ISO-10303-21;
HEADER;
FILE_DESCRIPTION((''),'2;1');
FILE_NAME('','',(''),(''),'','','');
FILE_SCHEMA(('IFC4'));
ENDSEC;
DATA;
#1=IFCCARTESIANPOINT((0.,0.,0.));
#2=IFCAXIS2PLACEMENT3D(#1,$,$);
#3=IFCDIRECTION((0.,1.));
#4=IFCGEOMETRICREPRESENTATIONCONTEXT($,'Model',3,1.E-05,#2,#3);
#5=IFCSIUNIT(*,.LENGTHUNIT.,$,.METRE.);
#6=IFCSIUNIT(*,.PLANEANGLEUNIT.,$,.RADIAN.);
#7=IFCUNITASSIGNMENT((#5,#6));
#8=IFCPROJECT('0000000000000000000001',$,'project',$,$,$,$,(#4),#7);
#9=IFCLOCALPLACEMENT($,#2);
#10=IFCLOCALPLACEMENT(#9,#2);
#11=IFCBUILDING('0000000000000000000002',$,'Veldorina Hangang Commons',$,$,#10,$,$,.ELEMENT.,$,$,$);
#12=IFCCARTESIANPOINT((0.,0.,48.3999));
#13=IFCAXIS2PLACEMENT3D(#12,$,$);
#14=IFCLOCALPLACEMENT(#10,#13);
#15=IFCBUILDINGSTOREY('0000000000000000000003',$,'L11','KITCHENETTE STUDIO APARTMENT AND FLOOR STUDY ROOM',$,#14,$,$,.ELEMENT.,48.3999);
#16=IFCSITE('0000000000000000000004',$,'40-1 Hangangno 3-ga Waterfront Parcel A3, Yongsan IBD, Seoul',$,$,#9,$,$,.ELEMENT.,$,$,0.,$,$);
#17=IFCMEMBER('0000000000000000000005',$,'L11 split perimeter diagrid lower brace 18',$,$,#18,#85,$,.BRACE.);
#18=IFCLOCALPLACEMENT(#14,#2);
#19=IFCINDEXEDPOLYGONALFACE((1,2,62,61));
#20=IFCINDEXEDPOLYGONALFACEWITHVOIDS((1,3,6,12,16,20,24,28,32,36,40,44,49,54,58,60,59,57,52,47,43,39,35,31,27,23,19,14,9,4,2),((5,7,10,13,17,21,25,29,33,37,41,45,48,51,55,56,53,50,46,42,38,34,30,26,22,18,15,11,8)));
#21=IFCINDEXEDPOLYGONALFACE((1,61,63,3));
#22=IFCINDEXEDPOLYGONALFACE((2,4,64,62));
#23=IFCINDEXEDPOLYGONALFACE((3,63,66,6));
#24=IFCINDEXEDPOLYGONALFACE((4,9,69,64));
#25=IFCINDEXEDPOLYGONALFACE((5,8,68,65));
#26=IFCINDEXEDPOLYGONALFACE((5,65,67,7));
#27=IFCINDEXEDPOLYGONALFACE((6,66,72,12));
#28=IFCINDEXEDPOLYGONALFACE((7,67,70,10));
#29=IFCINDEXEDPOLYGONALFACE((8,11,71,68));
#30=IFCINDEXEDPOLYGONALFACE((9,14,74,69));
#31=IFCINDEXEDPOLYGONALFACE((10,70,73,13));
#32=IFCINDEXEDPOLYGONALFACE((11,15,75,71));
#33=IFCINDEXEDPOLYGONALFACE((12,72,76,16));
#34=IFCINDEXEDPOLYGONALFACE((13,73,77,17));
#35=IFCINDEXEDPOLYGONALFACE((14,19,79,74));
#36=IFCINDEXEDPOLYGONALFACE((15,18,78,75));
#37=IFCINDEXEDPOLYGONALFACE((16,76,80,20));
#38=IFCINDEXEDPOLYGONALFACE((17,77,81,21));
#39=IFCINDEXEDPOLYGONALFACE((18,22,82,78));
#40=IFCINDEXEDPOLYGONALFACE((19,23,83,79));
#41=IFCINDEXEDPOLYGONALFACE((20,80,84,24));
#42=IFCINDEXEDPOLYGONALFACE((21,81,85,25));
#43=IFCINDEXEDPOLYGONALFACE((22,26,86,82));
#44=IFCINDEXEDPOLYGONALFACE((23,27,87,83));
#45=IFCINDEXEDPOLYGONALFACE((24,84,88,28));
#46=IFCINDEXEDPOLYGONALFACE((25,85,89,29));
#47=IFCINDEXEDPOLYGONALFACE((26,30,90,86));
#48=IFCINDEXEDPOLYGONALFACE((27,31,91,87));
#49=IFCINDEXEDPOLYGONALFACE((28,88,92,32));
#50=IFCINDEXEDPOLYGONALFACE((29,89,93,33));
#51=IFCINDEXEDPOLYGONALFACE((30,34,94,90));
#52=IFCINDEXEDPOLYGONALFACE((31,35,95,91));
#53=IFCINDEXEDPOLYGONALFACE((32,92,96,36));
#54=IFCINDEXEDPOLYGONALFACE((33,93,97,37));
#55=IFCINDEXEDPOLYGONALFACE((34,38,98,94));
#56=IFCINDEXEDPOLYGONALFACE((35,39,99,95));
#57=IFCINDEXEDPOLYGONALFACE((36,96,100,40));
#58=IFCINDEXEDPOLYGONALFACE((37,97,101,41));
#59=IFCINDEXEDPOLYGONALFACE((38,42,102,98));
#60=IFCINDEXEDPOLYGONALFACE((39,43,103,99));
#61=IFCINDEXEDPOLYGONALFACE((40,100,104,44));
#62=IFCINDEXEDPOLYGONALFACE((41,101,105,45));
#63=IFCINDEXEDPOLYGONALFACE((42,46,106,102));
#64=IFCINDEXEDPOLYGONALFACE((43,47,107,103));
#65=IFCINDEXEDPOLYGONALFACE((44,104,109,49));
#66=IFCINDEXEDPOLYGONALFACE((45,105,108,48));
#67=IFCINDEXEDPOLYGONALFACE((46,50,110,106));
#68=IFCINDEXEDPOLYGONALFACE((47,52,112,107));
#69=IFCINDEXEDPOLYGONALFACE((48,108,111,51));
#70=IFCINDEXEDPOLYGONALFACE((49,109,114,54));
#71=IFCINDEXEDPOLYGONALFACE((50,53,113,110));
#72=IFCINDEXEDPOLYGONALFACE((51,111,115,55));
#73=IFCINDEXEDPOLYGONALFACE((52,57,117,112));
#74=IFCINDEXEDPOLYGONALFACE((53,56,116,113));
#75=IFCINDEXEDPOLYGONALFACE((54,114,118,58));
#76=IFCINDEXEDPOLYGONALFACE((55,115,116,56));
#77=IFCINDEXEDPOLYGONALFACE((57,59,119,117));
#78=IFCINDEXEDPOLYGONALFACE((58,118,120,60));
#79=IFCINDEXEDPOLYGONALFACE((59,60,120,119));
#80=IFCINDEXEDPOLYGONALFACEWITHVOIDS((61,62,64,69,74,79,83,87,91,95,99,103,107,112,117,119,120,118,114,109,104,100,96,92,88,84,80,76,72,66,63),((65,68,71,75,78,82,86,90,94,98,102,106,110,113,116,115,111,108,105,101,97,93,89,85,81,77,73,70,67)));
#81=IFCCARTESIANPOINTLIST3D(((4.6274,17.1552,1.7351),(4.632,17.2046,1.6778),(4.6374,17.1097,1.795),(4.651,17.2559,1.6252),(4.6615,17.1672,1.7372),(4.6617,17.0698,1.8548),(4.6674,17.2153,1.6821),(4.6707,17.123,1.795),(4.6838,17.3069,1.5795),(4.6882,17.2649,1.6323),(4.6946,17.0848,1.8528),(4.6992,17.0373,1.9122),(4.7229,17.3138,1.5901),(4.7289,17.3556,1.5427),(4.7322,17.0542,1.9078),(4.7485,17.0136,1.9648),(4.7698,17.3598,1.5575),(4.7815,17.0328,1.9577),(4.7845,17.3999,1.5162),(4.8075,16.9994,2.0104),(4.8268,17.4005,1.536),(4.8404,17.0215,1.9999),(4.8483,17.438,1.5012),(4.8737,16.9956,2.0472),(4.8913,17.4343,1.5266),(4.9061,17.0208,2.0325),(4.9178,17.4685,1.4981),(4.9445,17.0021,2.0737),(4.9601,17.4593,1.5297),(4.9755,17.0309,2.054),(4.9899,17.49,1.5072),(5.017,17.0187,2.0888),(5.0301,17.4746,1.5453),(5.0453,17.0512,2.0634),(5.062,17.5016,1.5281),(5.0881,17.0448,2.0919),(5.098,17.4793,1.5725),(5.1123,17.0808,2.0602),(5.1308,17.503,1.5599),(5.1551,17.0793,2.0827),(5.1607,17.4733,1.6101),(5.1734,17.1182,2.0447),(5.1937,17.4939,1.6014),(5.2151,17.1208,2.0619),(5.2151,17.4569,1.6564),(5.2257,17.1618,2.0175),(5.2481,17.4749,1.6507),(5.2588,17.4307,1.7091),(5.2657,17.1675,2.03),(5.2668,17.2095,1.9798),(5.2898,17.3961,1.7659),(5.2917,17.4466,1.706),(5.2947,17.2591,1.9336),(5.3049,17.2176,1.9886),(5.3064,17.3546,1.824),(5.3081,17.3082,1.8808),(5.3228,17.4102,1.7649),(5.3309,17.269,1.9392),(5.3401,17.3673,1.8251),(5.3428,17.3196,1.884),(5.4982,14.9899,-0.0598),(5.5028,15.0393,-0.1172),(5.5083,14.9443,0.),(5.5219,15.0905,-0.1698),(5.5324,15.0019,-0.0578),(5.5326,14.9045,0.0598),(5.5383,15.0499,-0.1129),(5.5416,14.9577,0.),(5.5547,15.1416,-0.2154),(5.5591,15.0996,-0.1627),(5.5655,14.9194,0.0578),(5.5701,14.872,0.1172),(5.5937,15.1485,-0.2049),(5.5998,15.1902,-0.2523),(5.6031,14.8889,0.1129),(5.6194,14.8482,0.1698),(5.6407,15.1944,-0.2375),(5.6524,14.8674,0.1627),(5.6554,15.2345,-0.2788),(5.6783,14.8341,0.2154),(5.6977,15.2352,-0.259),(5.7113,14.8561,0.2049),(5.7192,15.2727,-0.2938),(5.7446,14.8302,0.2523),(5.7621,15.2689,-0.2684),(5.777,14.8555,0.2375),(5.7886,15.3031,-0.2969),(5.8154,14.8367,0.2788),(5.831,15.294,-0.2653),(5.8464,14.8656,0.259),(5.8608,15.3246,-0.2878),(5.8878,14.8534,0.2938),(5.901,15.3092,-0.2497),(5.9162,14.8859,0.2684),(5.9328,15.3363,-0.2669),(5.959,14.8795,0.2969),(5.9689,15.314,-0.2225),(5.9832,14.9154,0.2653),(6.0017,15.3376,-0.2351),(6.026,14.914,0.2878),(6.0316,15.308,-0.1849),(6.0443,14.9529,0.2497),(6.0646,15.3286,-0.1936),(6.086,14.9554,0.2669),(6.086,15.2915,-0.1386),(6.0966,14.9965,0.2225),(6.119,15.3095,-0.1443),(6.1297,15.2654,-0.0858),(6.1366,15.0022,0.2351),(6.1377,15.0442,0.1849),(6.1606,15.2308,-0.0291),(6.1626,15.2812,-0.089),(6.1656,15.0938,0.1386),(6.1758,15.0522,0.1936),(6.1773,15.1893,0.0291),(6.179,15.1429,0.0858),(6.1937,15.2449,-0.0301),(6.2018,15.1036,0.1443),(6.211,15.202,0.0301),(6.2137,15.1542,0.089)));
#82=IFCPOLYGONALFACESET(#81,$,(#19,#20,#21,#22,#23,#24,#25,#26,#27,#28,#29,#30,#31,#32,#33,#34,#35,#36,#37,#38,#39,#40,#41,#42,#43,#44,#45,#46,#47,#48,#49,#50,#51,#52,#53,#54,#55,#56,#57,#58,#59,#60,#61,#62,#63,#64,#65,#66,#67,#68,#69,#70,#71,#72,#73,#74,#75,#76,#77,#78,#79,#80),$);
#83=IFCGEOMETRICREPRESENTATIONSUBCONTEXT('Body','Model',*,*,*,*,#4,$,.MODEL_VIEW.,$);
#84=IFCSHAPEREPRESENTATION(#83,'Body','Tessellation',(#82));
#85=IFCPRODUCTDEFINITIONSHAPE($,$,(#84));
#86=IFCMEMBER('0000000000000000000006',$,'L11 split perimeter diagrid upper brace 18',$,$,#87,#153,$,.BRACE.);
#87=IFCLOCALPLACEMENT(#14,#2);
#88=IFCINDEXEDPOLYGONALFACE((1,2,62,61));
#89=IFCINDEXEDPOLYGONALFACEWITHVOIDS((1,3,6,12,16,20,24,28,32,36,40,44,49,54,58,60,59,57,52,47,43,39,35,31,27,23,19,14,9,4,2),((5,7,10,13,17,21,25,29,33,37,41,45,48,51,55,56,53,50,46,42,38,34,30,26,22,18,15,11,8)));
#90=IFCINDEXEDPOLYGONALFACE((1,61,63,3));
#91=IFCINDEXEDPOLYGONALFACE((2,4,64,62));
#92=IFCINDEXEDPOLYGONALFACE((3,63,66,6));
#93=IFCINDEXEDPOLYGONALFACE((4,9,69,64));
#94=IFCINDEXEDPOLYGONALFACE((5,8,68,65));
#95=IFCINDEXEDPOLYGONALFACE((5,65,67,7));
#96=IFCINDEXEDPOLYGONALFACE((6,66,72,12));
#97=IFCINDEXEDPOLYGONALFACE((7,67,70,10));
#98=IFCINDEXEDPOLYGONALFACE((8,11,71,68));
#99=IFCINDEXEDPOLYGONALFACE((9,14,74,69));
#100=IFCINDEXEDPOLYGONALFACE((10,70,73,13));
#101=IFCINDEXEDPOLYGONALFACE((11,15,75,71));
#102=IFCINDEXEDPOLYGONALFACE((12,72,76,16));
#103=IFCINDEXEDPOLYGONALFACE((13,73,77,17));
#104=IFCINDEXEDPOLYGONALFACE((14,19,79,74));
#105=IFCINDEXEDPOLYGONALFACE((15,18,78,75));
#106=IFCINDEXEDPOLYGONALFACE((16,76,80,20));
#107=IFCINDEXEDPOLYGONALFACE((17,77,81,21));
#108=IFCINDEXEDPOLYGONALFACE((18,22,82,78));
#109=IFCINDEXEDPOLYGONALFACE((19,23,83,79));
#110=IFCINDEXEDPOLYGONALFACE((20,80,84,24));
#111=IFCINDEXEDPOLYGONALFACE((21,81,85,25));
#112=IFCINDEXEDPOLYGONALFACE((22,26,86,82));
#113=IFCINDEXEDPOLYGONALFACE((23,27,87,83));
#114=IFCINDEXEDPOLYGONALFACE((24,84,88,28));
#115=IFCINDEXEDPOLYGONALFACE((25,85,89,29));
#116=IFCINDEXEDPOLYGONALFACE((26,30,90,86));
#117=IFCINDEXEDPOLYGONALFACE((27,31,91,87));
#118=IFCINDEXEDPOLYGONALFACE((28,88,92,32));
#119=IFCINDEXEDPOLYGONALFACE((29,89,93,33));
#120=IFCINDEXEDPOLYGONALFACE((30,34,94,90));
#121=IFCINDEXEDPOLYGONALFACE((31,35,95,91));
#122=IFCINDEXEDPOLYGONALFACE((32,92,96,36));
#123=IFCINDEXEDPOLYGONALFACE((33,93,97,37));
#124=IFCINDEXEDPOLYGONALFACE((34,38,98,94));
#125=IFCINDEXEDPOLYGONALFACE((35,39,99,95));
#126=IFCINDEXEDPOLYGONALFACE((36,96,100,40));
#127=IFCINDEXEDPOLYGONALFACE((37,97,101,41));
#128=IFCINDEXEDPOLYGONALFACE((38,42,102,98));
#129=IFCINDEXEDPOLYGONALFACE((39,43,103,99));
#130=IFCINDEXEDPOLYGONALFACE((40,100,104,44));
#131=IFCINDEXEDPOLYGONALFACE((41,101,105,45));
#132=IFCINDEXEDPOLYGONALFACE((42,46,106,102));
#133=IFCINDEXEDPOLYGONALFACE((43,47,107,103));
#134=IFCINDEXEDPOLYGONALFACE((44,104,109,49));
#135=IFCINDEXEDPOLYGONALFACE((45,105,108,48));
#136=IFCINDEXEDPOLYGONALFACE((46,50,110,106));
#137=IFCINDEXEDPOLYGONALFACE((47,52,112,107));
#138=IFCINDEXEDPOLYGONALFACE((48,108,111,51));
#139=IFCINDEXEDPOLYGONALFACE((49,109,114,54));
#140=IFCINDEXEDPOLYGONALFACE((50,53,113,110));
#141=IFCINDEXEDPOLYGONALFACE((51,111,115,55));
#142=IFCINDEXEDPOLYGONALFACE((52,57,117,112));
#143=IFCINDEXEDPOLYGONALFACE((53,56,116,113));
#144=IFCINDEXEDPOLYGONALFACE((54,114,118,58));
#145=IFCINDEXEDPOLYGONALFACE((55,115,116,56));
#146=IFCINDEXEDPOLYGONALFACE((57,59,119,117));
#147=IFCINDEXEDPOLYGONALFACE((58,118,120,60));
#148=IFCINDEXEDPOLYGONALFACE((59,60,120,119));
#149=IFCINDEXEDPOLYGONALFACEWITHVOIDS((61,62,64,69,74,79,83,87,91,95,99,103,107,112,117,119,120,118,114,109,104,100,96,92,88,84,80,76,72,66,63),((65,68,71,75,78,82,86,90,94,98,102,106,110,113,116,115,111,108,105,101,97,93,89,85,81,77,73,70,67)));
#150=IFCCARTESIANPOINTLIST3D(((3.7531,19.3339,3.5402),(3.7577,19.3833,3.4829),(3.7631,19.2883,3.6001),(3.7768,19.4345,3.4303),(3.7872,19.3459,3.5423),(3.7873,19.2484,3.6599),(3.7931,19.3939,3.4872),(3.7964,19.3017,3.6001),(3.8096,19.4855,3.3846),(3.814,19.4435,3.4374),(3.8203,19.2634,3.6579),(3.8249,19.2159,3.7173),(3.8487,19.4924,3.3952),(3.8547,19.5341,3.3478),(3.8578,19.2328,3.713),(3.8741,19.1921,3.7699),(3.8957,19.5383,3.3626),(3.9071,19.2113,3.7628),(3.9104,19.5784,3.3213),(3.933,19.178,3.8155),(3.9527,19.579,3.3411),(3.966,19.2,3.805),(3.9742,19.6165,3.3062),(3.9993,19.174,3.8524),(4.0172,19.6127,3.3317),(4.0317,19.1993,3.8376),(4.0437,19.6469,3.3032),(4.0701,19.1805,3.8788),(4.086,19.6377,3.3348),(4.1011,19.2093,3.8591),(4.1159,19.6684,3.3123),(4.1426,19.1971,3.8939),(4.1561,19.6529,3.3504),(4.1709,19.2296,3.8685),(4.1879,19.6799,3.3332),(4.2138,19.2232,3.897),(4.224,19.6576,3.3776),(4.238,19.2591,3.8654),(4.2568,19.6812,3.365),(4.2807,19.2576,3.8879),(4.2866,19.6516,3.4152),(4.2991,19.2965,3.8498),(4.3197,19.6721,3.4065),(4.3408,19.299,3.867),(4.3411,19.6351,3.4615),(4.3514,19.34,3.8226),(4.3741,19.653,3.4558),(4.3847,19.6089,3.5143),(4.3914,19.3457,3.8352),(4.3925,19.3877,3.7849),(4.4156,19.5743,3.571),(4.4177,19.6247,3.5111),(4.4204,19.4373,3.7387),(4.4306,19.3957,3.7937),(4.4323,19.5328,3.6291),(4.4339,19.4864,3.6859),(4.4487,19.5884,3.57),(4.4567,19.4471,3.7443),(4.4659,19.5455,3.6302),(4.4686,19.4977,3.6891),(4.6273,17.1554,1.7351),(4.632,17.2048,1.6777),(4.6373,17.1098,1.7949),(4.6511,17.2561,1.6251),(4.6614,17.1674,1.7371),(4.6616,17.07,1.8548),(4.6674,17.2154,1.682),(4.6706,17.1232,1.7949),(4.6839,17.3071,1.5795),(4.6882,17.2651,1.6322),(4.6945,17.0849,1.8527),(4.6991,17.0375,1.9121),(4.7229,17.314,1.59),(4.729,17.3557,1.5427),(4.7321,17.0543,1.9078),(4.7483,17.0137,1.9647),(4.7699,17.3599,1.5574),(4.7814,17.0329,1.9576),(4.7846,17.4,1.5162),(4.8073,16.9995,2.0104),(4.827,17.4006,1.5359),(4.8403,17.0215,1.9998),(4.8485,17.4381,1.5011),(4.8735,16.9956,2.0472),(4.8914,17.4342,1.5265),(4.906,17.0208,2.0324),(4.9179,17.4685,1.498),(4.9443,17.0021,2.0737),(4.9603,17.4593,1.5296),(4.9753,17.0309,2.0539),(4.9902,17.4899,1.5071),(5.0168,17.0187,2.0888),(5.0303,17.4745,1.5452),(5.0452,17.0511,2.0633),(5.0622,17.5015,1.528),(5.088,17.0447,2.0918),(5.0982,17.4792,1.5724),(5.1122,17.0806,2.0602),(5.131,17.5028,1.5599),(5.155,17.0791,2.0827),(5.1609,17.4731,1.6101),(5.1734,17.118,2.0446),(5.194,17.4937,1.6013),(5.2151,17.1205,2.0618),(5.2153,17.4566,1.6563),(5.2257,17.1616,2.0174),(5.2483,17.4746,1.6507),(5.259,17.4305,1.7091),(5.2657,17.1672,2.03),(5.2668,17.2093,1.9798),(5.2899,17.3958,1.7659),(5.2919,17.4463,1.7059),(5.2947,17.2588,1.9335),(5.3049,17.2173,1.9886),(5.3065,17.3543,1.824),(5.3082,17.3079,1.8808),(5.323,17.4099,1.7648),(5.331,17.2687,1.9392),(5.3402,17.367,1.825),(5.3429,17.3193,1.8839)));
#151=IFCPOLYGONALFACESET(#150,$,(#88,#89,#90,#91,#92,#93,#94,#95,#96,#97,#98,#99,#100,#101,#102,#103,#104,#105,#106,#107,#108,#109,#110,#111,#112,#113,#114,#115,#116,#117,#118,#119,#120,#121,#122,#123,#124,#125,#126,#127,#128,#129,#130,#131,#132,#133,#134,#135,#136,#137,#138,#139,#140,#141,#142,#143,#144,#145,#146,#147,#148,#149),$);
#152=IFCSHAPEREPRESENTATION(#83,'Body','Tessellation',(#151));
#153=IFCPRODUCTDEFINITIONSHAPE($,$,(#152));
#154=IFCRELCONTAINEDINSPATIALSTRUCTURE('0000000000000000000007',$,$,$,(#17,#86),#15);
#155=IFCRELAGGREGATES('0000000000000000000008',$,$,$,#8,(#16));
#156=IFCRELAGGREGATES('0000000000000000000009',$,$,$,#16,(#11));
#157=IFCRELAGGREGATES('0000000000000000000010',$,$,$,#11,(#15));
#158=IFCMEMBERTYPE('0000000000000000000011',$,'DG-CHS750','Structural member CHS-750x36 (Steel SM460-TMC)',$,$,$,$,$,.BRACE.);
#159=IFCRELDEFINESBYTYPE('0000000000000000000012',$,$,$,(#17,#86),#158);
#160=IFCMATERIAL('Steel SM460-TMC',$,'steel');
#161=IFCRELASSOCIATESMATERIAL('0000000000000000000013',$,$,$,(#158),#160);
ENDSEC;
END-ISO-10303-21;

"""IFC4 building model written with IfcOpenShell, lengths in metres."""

from ifc_helpers import new_model, si_unit, direction, frame, origin, origin_2d, place, context, subcontext, project, spatial, hollow_circle, extrude, material, material_profile, profile_set, type_object, element, save


model = new_model("IFC4")

# Units and contexts
model_context = context("Model", 3, precision=1e-05, world=origin(), true_north=direction((0.0, 1.0)))
body_context = subcontext(model_context, "Body", "Model", "MODEL_VIEW")
ifc_project = project(units=[si_unit("LENGTHUNIT", "METRE"), si_unit("PLANEANGLEUNIT", "RADIAN")], contexts=[model_context])

# Site, building, storey
site_placement = place(None, origin())
site = spatial("IfcSite", under=ifc_project, at=site_placement, Name="40-1 Hangangno 3-ga Waterfront Parcel A3, Yongsan IBD, Seoul", CompositionType="ELEMENT", RefElevation=0.0)
building_placement = place(site_placement, origin())
building = spatial("IfcBuilding", under=site, at=building_placement, Name="Veldorina Hangang Commons", CompositionType="ELEMENT")
storey_placement = place(building_placement, frame((0.0, 0.0, 48.3999)))
storey = spatial("IfcBuildingStorey", under=building, at=storey_placement, Name="L11", Description="KITCHENETTE STUDIO APARTMENT AND FLOOR STUDY ROOM", CompositionType="ELEMENT", Elevation=48.3999)

# Shared definitions
ifc_material_1 = material(Name="Steel SM460-TMC", Category="steel")

# Members
ifc_material_profile_1 = material_profile(ifc_material_1, hollow_circle(Radius=0.375, WallThickness=0.0359, at=origin_2d()), Name="CHS-750x36")
ifc_profile_set_1 = profile_set([ifc_material_profile_1], Name="Steel SM460-TMC")
member_type = type_object("IfcMemberType", Name="DG-CHS750", Description="Structural member CHS-750x36 (Steel SM460-TMC)", PredefinedType="BRACE", material=ifc_profile_set_1)
member_1_placement = place(storey_placement, frame((5.8562, 15.0842, 0.0), z_axis=(-0.29578, 0.735429, 0.609638), x_axis=(-0.927775, -0.37314, 0.0)))
element("IfcMember", 1, at=member_1_placement, inside=storey, type_object=member_type, Name="L11 split perimeter diagrid lower brace 18", PredefinedType="BRACE", context=body_context, shape_type="SweptSolid", body=[
    extrude(hollow_circle(Radius=0.375, WallThickness=0.0359, at=origin_2d()), origin(), (0.0, 0.0, 1.0), 2.9443),
])
member_2_placement = place(storey_placement, frame((4.9854, 17.2495, 1.7949), z_axis=(-0.295241, 0.73567, 0.609609), x_axis=(-0.928053, -0.372448, 0.0)))
element("IfcMember", 2, at=member_2_placement, inside=storey, type_object=member_type, Name="L11 split perimeter diagrid upper brace 18", PredefinedType="BRACE", context=body_context, shape_type="SweptSolid", body=[
    extrude(hollow_circle(Radius=0.375, WallThickness=0.0359, at=origin_2d()), origin(), (0.0, 0.0, 1.0), 2.9612),
])

save(model, "model.ifc")
